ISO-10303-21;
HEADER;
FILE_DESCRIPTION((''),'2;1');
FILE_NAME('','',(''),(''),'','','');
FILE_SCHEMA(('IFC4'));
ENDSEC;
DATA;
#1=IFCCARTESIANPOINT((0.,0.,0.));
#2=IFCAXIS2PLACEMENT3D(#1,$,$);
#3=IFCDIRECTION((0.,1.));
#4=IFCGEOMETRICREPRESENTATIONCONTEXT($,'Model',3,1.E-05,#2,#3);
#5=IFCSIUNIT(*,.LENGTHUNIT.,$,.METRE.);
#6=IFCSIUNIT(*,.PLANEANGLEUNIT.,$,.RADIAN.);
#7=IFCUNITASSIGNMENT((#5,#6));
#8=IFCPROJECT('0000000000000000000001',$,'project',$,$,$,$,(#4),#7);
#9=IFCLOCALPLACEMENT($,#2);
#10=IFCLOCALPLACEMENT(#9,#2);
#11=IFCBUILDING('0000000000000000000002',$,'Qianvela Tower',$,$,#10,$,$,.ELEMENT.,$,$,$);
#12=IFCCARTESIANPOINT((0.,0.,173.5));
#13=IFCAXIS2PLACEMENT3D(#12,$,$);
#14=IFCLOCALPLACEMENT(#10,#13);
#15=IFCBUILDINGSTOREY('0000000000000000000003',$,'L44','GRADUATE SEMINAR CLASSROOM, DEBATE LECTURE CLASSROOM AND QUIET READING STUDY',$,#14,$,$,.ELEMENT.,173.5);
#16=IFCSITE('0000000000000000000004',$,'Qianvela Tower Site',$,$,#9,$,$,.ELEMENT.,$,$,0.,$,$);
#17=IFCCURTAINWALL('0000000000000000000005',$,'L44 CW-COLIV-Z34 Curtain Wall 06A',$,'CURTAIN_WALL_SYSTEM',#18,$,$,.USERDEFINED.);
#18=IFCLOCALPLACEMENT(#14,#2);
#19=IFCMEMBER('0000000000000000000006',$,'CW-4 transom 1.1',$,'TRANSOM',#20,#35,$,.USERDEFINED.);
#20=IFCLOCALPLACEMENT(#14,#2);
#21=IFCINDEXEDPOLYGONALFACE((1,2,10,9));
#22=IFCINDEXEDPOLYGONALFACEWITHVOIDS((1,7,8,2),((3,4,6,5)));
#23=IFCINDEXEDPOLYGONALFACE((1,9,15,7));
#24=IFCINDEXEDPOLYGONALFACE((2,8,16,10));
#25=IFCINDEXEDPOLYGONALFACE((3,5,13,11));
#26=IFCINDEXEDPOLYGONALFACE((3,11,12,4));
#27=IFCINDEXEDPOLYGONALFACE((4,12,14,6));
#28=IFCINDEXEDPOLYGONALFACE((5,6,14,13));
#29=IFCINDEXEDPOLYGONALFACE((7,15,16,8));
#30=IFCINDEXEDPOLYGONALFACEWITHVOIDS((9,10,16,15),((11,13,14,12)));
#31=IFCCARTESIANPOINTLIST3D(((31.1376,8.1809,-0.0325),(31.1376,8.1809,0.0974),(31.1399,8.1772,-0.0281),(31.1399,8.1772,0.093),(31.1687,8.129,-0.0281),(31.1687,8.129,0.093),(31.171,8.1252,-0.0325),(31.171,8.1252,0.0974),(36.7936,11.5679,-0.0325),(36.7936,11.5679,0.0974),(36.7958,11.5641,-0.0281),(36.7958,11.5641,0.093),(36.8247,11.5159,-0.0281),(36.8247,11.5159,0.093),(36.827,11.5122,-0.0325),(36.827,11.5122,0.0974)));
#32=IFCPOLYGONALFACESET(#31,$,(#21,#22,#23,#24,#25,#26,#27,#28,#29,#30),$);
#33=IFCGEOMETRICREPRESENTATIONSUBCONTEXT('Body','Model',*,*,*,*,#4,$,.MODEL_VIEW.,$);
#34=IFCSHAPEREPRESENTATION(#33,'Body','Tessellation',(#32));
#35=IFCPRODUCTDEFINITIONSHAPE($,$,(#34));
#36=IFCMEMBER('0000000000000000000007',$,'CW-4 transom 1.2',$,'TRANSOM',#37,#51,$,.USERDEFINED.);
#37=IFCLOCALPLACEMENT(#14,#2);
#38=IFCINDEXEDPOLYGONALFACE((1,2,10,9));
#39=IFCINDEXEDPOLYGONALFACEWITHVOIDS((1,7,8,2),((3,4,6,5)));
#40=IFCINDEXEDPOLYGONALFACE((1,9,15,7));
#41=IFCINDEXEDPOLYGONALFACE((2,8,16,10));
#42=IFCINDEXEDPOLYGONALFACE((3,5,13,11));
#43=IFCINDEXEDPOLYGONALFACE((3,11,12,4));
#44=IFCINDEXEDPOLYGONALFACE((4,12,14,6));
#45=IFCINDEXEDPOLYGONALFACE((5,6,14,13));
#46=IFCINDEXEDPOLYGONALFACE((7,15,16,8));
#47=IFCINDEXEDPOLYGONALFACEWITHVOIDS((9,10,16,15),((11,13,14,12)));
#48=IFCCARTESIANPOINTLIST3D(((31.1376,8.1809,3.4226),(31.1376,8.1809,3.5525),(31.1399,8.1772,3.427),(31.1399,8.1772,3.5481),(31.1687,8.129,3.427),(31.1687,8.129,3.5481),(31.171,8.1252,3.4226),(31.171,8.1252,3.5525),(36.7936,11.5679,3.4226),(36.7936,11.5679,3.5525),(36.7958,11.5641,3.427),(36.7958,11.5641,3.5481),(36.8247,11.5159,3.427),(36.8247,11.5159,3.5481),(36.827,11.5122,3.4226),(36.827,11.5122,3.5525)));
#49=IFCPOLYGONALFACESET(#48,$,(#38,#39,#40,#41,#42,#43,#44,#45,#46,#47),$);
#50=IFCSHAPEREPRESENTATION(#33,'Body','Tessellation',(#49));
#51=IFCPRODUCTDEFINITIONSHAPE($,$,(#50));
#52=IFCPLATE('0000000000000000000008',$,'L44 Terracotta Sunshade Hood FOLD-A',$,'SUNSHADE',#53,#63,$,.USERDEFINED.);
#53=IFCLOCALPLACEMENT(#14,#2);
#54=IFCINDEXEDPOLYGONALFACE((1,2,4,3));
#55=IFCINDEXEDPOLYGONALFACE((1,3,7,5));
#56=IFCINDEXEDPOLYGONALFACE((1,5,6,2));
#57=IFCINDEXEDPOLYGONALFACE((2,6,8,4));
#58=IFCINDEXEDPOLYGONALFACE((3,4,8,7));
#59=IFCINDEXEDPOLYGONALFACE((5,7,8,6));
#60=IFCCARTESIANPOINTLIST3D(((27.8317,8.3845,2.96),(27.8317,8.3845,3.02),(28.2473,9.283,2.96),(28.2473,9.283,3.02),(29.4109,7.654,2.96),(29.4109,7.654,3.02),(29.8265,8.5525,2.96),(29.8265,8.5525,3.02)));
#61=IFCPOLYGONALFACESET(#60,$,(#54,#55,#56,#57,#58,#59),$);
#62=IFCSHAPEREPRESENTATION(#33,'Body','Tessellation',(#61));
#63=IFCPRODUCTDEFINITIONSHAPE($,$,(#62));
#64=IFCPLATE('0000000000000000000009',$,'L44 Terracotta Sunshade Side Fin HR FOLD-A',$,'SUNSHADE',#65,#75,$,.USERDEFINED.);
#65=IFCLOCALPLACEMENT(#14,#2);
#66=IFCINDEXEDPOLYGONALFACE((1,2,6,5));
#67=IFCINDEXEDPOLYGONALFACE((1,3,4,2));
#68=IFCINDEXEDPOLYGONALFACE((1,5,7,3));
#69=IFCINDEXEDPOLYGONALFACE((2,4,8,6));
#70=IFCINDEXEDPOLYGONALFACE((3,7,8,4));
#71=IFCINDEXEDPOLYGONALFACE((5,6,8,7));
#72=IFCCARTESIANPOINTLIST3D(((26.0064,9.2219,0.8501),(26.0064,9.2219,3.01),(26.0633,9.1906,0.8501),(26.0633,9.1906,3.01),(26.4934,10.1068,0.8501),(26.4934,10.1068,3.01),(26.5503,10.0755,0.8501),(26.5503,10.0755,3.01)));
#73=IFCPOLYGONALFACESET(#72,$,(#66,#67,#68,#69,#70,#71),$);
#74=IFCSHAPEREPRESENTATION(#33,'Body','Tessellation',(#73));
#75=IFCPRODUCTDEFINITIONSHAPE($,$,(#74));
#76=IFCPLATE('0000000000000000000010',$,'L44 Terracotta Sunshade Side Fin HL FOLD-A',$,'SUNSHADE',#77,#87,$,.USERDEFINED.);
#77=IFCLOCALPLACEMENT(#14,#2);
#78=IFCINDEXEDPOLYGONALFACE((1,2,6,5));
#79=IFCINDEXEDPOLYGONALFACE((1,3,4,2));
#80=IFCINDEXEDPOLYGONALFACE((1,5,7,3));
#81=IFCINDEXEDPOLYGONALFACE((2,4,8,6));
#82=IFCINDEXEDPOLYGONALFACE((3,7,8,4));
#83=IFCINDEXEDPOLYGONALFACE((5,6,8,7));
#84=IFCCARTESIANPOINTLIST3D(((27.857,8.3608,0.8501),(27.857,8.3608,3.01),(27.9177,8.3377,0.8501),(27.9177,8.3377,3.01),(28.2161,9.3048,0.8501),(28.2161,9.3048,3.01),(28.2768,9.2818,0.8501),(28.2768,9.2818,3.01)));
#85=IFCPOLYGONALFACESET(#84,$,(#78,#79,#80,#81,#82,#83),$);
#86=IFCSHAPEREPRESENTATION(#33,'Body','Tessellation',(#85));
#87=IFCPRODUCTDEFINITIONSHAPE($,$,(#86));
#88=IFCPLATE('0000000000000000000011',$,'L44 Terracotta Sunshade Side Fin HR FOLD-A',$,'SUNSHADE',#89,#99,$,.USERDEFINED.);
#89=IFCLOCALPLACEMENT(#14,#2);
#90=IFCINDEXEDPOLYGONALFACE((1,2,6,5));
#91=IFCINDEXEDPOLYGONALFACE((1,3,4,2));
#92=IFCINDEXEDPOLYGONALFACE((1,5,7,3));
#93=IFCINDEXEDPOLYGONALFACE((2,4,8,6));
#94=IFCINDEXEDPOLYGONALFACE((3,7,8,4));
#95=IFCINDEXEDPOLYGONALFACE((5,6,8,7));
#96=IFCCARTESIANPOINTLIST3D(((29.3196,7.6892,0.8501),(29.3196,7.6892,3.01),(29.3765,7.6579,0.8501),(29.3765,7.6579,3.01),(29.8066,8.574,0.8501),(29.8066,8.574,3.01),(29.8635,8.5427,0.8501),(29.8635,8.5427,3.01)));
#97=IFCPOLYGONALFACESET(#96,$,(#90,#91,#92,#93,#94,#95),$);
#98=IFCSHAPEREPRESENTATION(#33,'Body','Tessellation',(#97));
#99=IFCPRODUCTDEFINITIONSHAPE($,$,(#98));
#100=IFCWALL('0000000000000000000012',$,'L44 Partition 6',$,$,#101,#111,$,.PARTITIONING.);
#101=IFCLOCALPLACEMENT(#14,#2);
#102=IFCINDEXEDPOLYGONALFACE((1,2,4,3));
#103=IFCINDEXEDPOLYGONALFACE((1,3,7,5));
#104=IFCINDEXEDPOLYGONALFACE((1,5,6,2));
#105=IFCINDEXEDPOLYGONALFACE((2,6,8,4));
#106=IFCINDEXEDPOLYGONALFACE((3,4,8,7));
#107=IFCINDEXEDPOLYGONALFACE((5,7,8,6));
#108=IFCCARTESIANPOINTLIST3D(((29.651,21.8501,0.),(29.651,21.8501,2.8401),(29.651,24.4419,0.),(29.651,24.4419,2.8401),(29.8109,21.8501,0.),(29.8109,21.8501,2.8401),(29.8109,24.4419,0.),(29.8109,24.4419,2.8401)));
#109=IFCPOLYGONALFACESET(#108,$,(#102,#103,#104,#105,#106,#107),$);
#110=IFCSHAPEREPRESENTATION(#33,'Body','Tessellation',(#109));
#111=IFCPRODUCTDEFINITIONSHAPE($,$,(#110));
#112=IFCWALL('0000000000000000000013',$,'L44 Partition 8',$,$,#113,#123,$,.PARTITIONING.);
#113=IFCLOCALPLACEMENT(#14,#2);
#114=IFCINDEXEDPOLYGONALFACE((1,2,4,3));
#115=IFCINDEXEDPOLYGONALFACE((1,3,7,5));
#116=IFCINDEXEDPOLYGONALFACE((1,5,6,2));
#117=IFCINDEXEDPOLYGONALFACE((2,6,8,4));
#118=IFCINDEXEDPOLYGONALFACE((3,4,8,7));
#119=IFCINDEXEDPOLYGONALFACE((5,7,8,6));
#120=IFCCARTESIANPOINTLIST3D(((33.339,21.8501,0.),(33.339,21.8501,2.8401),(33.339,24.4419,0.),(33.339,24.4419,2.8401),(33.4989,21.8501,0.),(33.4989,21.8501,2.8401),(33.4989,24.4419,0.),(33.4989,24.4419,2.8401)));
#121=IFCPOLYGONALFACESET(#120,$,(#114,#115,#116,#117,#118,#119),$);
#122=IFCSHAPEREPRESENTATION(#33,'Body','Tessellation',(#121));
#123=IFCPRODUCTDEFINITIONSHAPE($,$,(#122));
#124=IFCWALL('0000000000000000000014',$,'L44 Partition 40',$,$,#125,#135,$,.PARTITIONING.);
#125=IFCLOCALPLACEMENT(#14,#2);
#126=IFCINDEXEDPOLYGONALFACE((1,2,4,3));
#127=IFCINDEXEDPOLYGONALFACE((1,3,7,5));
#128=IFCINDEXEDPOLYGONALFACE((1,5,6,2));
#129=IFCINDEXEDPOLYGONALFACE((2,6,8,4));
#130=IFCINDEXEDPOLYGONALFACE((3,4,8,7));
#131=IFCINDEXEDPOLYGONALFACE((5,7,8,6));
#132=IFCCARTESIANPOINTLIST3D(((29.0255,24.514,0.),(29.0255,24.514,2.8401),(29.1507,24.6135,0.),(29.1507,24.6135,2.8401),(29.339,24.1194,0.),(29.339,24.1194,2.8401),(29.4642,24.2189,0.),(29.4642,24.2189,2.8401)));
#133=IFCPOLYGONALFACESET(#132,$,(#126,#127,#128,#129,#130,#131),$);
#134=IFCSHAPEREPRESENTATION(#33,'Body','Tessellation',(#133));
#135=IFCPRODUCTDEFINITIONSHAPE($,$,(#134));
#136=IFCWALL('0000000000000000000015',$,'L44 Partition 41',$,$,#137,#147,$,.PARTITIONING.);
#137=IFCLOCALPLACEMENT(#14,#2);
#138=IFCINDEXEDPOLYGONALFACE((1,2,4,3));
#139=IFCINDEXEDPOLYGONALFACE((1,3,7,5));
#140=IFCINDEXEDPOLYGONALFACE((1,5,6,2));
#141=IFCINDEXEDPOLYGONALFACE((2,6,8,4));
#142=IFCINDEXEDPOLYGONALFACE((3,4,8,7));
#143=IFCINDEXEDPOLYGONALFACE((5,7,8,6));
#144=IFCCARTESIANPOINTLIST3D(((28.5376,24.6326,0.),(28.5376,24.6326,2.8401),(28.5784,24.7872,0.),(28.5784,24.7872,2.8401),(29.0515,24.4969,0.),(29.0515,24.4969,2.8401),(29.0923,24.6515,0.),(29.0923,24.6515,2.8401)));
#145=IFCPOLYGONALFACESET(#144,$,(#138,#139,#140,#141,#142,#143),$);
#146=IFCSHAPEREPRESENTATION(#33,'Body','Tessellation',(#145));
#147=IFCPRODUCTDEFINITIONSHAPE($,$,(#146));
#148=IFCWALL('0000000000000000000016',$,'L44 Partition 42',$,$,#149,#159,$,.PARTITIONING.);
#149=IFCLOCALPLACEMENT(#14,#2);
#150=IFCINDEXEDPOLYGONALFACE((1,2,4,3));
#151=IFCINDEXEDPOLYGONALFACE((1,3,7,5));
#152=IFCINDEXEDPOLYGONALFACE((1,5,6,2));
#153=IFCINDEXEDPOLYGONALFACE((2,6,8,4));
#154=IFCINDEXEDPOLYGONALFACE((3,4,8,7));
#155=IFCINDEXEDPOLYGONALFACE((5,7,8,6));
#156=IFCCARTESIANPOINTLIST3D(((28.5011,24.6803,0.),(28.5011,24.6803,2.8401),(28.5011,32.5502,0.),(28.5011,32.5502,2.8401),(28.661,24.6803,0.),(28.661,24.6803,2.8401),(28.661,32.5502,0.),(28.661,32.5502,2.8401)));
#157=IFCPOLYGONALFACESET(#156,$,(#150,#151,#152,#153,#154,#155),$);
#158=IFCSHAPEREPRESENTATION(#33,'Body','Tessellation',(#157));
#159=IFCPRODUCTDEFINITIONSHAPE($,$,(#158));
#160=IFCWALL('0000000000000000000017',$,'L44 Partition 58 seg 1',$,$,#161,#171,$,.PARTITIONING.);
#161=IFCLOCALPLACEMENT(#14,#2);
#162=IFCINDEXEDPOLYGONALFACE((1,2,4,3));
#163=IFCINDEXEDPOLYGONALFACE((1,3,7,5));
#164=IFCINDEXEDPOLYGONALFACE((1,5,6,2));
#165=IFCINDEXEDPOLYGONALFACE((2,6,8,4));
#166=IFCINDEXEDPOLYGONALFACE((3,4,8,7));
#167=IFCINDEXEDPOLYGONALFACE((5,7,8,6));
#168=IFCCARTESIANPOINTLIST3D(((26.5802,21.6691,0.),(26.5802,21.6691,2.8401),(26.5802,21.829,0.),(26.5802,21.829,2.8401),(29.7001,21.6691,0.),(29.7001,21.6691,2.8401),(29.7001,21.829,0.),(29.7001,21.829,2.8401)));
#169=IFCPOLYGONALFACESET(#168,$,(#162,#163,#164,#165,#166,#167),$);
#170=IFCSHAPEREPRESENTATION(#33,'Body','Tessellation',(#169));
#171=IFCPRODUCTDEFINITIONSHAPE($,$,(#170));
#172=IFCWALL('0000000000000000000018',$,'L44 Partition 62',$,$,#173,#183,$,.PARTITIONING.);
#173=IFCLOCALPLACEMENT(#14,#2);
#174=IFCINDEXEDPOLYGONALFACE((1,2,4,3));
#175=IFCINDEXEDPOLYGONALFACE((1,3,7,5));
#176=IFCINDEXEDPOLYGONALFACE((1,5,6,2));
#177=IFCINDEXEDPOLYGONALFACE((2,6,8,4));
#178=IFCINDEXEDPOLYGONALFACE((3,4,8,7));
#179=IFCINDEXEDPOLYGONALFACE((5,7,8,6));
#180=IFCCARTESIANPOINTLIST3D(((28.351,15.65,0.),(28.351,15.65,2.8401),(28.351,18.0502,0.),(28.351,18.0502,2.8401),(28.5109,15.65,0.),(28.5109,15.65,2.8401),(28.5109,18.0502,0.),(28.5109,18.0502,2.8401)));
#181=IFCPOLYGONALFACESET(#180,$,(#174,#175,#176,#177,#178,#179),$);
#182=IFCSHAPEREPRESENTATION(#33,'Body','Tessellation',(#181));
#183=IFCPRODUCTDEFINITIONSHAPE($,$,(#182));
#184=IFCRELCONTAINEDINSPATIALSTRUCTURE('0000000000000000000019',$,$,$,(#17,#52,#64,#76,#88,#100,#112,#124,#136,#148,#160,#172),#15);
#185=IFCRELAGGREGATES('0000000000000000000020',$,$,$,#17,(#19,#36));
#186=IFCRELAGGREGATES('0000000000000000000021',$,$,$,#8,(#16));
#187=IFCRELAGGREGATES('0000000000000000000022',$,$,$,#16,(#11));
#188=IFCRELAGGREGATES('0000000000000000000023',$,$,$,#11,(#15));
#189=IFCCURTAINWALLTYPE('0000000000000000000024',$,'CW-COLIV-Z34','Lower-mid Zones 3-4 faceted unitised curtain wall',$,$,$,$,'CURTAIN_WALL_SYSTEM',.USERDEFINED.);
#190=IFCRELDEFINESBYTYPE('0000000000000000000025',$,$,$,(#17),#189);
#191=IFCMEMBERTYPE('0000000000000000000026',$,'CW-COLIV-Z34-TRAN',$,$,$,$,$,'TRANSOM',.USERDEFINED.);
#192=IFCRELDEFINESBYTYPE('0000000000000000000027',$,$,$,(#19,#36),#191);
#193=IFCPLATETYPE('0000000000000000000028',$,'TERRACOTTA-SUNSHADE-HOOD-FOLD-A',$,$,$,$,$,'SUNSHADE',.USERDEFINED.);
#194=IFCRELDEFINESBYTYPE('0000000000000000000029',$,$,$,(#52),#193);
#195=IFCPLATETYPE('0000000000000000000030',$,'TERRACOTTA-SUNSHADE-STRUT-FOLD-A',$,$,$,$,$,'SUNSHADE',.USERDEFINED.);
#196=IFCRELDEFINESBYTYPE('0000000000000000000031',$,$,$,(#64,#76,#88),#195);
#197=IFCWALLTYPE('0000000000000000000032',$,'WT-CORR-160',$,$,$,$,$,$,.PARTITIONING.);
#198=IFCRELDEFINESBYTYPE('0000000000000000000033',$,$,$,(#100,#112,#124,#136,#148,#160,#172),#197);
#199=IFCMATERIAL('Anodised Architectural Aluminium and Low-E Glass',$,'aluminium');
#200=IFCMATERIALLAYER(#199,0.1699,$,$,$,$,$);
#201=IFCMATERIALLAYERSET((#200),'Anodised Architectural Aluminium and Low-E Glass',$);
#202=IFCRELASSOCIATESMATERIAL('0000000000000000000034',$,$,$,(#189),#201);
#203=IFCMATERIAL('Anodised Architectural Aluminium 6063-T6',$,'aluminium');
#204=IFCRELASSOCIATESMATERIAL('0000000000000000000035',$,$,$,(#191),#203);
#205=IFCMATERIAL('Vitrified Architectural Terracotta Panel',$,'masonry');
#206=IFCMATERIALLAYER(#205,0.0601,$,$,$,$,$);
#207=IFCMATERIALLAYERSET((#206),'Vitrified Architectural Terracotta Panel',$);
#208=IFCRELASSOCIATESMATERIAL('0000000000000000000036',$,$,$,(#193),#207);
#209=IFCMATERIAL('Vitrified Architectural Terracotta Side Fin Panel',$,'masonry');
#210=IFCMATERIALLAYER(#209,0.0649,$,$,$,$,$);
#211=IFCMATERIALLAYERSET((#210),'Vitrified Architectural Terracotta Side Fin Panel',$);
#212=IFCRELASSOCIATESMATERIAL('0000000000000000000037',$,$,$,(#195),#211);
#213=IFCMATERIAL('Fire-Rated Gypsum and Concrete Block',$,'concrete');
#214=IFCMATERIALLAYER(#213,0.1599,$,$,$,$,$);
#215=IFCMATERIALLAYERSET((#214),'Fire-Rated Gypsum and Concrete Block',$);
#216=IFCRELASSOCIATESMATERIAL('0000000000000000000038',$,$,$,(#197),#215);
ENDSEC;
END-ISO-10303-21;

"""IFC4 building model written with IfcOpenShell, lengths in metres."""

from ifc_helpers import new_model, si_unit, direction, frame, frame_2d, origin, origin_2d, place, context, subcontext, project, spatial, rectangle, hollow_rectangle, extrude, material, layer, layer_set, material_profile, profile_set, type_object, element, aggregate, save


model = new_model("IFC4")

# Units and contexts
model_context = context("Model", 3, precision=1e-05, world=origin(), true_north=direction((0.0, 1.0)))
body_context = subcontext(model_context, "Body", "Model", "MODEL_VIEW")
ifc_project = project(units=[si_unit("LENGTHUNIT", "METRE"), si_unit("PLANEANGLEUNIT", "RADIAN")], contexts=[model_context])

# Site, building, storey
site_placement = place(None, origin())
site = spatial("IfcSite", under=ifc_project, at=site_placement, Name="Qianvela Tower Site", CompositionType="ELEMENT", RefElevation=0.0)
building_placement = place(site_placement, origin())
building = spatial("IfcBuilding", under=site, at=building_placement, Name="Qianvela Tower", CompositionType="ELEMENT")
storey_placement = place(building_placement, frame((0.0, 0.0, 173.5)))
storey = spatial("IfcBuildingStorey", under=building, at=storey_placement, Name="L44", Description="GRADUATE SEMINAR CLASSROOM, DEBATE LECTURE CLASSROOM AND QUIET READING STUDY", CompositionType="ELEMENT", Elevation=173.5)

# Curtain wall, members
ifc_material_1 = material(Name="Anodised Architectural Aluminium and Low-E Glass", Category="aluminium")
ifc_layer_1 = layer(ifc_material_1, 0.1699)
ifc_layer_set_1 = layer_set([ifc_layer_1], Name="Anodised Architectural Aluminium and Low-E Glass")
curtain_wall_type = type_object("IfcCurtainWallType", Name="CW-COLIV-Z34", Description="Lower-mid Zones 3-4 faceted unitised curtain wall", ElementType="CURTAIN_WALL_SYSTEM", PredefinedType="USERDEFINED", material=ifc_layer_set_1)
curtain_wall_placement = place(storey_placement, origin())
curtain_wall = element("IfcCurtainWall", 1, at=curtain_wall_placement, inside=storey, type_object=curtain_wall_type, Name="L44 CW-COLIV-Z34 Curtain Wall 06A", ObjectType="CURTAIN_WALL_SYSTEM", PredefinedType="USERDEFINED")
ifc_material_2 = material(Name="Anodised Architectural Aluminium 6063-T6", Category="aluminium")
ifc_material_profile_1 = material_profile(ifc_material_2, hollow_rectangle(XDim=0.0649, YDim=0.1299, WallThickness=0.0044, at=origin_2d()), Name="ALU-TRAN-65x130")
ifc_profile_set_1 = profile_set([ifc_material_profile_1], Name="Anodised Architectural Aluminium 6063-T6")
member_type_1 = type_object("IfcMemberType", Name="CW-COLIV-Z34-TRAN", ElementType="TRANSOM", PredefinedType="USERDEFINED", material=ifc_profile_set_1)
member_1_placement = place(storey_placement, frame((31.1543, 8.1531, 0.0325), z_axis=(0.857937, 0.513755, 0.0), x_axis=(-0.513755, 0.857937, 0.0)))
member_1 = element("IfcMember", 2, at=member_1_placement, type_object=member_type_1, Name="CW-4 transom 1.1", ObjectType="TRANSOM", PredefinedType="USERDEFINED", context=body_context, shape_type="SweptSolid", body=[
    extrude(hollow_rectangle(XDim=0.0649, YDim=0.1299, WallThickness=0.0044, at=origin_2d()), origin(), (0.0, 0.0, 1.0), 6.5925),
])
member_2_placement = place(storey_placement, frame((31.1543, 8.1531, 3.4875), z_axis=(0.857937, 0.513755, 0.0), x_axis=(-0.513755, 0.857937, 0.0)))
member_2 = element("IfcMember", 3, at=member_2_placement, type_object=member_type_1, Name="CW-4 transom 1.2", ObjectType="TRANSOM", PredefinedType="USERDEFINED", context=body_context, shape_type="SweptSolid", body=[
    extrude(hollow_rectangle(XDim=0.0649, YDim=0.1299, WallThickness=0.0044, at=origin_2d()), origin(), (0.0, 0.0, 1.0), 6.5925),
])
aggregate(curtain_wall, [member_1, member_2])

# Plates
ifc_material_3 = material(Name="Vitrified Architectural Terracotta Panel", Category="masonry")
ifc_layer_2 = layer(ifc_material_3, 0.0601)
ifc_layer_set_2 = layer_set([ifc_layer_2], Name="Vitrified Architectural Terracotta Panel")
plate_type_1 = type_object("IfcPlateType", Name="TERRACOTTA-SUNSHADE-HOOD-FOLD-A", ElementType="SUNSHADE", PredefinedType="USERDEFINED", material=ifc_layer_set_2)
plate_placement = place(storey_placement, frame((28.8291, 8.4685, 2.96), z_axis=(0.0, 0.0, 1.0), x_axis=(0.907584, -0.41987, 0.0)))
element("IfcPlate", 4, at=plate_placement, inside=storey, type_object=plate_type_1, Name="L44 Terracotta Sunshade Hood FOLD-A", ObjectType="SUNSHADE", PredefinedType="USERDEFINED", context=body_context, shape_type="SweptSolid", body=[
    extrude(rectangle(XDim=1.74, YDim=0.99, at=origin_2d()), origin(), (0.0, 0.0, 1.0), 0.0601),
])
ifc_material_4 = material(Name="Vitrified Architectural Terracotta Side Fin Panel", Category="masonry")
ifc_layer_3 = layer(ifc_material_4, 0.0649)
ifc_layer_set_3 = layer_set([ifc_layer_3], Name="Vitrified Architectural Terracotta Side Fin Panel")
plate_type_2 = type_object("IfcPlateType", Name="TERRACOTTA-SUNSHADE-STRUT-FOLD-A", ElementType="SUNSHADE", PredefinedType="USERDEFINED", material=ifc_layer_set_3)
for number, where, z_axis, x_axis, name in (
    (5, (26.2783, 9.6487, 0.8501), (0.0, 0.0, 1.0), (0.876085, -0.482157, 0.0), "L44 Terracotta Sunshade Side Fin HR FOLD-A"),
    (6, (28.0669, 8.8213, 0.8501), (0.0, 0.0, 1.0), (0.934662, -0.355538, 0.0), "L44 Terracotta Sunshade Side Fin HL FOLD-A"),
    (7, (29.5916, 8.116, 0.8501), (0.0, 0.0, 1.0), (0.876085, -0.482157, 0.0), "L44 Terracotta Sunshade Side Fin HR FOLD-A"),
):
    element("IfcPlate", number, at=place(storey_placement, frame(where, z_axis=z_axis, x_axis=x_axis)), inside=storey, type_object=plate_type_2, Name=name, ObjectType="SUNSHADE", PredefinedType="USERDEFINED", context=body_context, shape_type="SweptSolid", body=[
        extrude(rectangle(XDim=0.0649, YDim=1.01, at=origin_2d()), origin(), (0.0, 0.0, 1.0), 2.1599),
    ])

# Walls
ifc_material_5 = material(Name="Fire-Rated Gypsum and Concrete Block", Category="concrete")
ifc_layer_4 = layer(ifc_material_5, 0.1599)
ifc_layer_set_4 = layer_set([ifc_layer_4], Name="Fire-Rated Gypsum and Concrete Block")
wall_type_1 = type_object("IfcWallType", Name="WT-CORR-160", PredefinedType="PARTITIONING", material=ifc_layer_set_4)
for number, where, z_axis, x_axis, name in (
    (8, (29.731, 21.8501, 0.0), (0.0, 0.0, 1.0), (0.0, 1.0, 0.0), "L44 Partition 6"),
    (9, (33.4189, 24.4419, 0.0), (0.0, 0.0, 1.0), (0.0, -1.0, 0.0), "L44 Partition 8"),
):
    element("IfcWall", number, at=place(storey_placement, frame(where, z_axis=z_axis, x_axis=x_axis)), inside=storey, type_object=wall_type_1, Name=name, PredefinedType="PARTITIONING", context=body_context, shape_type="SweptSolid", body=[
        extrude(rectangle(XDim=2.5918, YDim=0.1599, at=frame_2d((1.2959, 0.0))), origin(), (0.0, 0.0, 1.0), 2.8401),
    ])
wall_1_placement = place(storey_placement, frame((29.4016, 24.1692, 0.0), z_axis=(0.0, 0.0, 1.0), x_axis=(-0.622092, 0.782944, 0.0)))
element("IfcWall", 10, at=wall_1_placement, inside=storey, type_object=wall_type_1, Name="L44 Partition 40", PredefinedType="PARTITIONING", context=body_context, shape_type="SweptSolid", body=[
    extrude(rectangle(XDim=0.5039, YDim=0.1599, at=frame_2d((0.252, 0.0))), origin(), (0.0, 0.0, 1.0), 2.8401),
])
wall_2_placement = place(storey_placement, frame((29.0718, 24.5742, 0.0), z_axis=(0.0, 0.0, 1.0), x_axis=(-0.966842, 0.255375, 0.0)))
element("IfcWall", 11, at=wall_2_placement, inside=storey, type_object=wall_type_1, Name="L44 Partition 41", PredefinedType="PARTITIONING", context=body_context, shape_type="SweptSolid", body=[
    extrude(rectangle(XDim=0.5315, YDim=0.1599, at=frame_2d((0.2656, 0.0))), origin(), (0.0, 0.0, 1.0), 2.8401),
])
wall_3_placement = place(storey_placement, frame((28.5811, 24.6802, 0.0), z_axis=(0.0, 0.0, 1.0), x_axis=(0.0, 1.0, 0.0)))
element("IfcWall", 12, at=wall_3_placement, inside=storey, type_object=wall_type_1, Name="L44 Partition 42", PredefinedType="PARTITIONING", context=body_context, shape_type="SweptSolid", body=[
    extrude(rectangle(XDim=7.8699, YDim=0.1599, at=frame_2d((3.9351, 0.0))), origin(), (0.0, 0.0, 1.0), 2.8401),
])
wall_4_placement = place(storey_placement, frame((26.5801, 21.749, 0.0), z_axis=(0.0, 0.0, 1.0), x_axis=(1.0, 0.0, 0.0)))
element("IfcWall", 13, at=wall_4_placement, inside=storey, type_object=wall_type_1, Name="L44 Partition 58 seg 1", PredefinedType="PARTITIONING", context=body_context, shape_type="SweptSolid", body=[
    extrude(rectangle(XDim=3.1199, YDim=0.1599, at=frame_2d((1.5601, 0.0))), origin(), (0.0, 0.0, 1.0), 2.8401),
])
wall_5_placement = place(storey_placement, frame((28.4309, 15.6499, 0.0), z_axis=(0.0, 0.0, 1.0), x_axis=(0.0, 1.0, 0.0)))
element("IfcWall", 14, at=wall_5_placement, inside=storey, type_object=wall_type_1, Name="L44 Partition 62", PredefinedType="PARTITIONING", context=body_context, shape_type="SweptSolid", body=[
    extrude(rectangle(XDim=2.4001, YDim=0.1599, at=frame_2d((1.2002, 0.0))), origin(), (0.0, 0.0, 1.0), 2.8401),
])

save(model, "model.ifc")
